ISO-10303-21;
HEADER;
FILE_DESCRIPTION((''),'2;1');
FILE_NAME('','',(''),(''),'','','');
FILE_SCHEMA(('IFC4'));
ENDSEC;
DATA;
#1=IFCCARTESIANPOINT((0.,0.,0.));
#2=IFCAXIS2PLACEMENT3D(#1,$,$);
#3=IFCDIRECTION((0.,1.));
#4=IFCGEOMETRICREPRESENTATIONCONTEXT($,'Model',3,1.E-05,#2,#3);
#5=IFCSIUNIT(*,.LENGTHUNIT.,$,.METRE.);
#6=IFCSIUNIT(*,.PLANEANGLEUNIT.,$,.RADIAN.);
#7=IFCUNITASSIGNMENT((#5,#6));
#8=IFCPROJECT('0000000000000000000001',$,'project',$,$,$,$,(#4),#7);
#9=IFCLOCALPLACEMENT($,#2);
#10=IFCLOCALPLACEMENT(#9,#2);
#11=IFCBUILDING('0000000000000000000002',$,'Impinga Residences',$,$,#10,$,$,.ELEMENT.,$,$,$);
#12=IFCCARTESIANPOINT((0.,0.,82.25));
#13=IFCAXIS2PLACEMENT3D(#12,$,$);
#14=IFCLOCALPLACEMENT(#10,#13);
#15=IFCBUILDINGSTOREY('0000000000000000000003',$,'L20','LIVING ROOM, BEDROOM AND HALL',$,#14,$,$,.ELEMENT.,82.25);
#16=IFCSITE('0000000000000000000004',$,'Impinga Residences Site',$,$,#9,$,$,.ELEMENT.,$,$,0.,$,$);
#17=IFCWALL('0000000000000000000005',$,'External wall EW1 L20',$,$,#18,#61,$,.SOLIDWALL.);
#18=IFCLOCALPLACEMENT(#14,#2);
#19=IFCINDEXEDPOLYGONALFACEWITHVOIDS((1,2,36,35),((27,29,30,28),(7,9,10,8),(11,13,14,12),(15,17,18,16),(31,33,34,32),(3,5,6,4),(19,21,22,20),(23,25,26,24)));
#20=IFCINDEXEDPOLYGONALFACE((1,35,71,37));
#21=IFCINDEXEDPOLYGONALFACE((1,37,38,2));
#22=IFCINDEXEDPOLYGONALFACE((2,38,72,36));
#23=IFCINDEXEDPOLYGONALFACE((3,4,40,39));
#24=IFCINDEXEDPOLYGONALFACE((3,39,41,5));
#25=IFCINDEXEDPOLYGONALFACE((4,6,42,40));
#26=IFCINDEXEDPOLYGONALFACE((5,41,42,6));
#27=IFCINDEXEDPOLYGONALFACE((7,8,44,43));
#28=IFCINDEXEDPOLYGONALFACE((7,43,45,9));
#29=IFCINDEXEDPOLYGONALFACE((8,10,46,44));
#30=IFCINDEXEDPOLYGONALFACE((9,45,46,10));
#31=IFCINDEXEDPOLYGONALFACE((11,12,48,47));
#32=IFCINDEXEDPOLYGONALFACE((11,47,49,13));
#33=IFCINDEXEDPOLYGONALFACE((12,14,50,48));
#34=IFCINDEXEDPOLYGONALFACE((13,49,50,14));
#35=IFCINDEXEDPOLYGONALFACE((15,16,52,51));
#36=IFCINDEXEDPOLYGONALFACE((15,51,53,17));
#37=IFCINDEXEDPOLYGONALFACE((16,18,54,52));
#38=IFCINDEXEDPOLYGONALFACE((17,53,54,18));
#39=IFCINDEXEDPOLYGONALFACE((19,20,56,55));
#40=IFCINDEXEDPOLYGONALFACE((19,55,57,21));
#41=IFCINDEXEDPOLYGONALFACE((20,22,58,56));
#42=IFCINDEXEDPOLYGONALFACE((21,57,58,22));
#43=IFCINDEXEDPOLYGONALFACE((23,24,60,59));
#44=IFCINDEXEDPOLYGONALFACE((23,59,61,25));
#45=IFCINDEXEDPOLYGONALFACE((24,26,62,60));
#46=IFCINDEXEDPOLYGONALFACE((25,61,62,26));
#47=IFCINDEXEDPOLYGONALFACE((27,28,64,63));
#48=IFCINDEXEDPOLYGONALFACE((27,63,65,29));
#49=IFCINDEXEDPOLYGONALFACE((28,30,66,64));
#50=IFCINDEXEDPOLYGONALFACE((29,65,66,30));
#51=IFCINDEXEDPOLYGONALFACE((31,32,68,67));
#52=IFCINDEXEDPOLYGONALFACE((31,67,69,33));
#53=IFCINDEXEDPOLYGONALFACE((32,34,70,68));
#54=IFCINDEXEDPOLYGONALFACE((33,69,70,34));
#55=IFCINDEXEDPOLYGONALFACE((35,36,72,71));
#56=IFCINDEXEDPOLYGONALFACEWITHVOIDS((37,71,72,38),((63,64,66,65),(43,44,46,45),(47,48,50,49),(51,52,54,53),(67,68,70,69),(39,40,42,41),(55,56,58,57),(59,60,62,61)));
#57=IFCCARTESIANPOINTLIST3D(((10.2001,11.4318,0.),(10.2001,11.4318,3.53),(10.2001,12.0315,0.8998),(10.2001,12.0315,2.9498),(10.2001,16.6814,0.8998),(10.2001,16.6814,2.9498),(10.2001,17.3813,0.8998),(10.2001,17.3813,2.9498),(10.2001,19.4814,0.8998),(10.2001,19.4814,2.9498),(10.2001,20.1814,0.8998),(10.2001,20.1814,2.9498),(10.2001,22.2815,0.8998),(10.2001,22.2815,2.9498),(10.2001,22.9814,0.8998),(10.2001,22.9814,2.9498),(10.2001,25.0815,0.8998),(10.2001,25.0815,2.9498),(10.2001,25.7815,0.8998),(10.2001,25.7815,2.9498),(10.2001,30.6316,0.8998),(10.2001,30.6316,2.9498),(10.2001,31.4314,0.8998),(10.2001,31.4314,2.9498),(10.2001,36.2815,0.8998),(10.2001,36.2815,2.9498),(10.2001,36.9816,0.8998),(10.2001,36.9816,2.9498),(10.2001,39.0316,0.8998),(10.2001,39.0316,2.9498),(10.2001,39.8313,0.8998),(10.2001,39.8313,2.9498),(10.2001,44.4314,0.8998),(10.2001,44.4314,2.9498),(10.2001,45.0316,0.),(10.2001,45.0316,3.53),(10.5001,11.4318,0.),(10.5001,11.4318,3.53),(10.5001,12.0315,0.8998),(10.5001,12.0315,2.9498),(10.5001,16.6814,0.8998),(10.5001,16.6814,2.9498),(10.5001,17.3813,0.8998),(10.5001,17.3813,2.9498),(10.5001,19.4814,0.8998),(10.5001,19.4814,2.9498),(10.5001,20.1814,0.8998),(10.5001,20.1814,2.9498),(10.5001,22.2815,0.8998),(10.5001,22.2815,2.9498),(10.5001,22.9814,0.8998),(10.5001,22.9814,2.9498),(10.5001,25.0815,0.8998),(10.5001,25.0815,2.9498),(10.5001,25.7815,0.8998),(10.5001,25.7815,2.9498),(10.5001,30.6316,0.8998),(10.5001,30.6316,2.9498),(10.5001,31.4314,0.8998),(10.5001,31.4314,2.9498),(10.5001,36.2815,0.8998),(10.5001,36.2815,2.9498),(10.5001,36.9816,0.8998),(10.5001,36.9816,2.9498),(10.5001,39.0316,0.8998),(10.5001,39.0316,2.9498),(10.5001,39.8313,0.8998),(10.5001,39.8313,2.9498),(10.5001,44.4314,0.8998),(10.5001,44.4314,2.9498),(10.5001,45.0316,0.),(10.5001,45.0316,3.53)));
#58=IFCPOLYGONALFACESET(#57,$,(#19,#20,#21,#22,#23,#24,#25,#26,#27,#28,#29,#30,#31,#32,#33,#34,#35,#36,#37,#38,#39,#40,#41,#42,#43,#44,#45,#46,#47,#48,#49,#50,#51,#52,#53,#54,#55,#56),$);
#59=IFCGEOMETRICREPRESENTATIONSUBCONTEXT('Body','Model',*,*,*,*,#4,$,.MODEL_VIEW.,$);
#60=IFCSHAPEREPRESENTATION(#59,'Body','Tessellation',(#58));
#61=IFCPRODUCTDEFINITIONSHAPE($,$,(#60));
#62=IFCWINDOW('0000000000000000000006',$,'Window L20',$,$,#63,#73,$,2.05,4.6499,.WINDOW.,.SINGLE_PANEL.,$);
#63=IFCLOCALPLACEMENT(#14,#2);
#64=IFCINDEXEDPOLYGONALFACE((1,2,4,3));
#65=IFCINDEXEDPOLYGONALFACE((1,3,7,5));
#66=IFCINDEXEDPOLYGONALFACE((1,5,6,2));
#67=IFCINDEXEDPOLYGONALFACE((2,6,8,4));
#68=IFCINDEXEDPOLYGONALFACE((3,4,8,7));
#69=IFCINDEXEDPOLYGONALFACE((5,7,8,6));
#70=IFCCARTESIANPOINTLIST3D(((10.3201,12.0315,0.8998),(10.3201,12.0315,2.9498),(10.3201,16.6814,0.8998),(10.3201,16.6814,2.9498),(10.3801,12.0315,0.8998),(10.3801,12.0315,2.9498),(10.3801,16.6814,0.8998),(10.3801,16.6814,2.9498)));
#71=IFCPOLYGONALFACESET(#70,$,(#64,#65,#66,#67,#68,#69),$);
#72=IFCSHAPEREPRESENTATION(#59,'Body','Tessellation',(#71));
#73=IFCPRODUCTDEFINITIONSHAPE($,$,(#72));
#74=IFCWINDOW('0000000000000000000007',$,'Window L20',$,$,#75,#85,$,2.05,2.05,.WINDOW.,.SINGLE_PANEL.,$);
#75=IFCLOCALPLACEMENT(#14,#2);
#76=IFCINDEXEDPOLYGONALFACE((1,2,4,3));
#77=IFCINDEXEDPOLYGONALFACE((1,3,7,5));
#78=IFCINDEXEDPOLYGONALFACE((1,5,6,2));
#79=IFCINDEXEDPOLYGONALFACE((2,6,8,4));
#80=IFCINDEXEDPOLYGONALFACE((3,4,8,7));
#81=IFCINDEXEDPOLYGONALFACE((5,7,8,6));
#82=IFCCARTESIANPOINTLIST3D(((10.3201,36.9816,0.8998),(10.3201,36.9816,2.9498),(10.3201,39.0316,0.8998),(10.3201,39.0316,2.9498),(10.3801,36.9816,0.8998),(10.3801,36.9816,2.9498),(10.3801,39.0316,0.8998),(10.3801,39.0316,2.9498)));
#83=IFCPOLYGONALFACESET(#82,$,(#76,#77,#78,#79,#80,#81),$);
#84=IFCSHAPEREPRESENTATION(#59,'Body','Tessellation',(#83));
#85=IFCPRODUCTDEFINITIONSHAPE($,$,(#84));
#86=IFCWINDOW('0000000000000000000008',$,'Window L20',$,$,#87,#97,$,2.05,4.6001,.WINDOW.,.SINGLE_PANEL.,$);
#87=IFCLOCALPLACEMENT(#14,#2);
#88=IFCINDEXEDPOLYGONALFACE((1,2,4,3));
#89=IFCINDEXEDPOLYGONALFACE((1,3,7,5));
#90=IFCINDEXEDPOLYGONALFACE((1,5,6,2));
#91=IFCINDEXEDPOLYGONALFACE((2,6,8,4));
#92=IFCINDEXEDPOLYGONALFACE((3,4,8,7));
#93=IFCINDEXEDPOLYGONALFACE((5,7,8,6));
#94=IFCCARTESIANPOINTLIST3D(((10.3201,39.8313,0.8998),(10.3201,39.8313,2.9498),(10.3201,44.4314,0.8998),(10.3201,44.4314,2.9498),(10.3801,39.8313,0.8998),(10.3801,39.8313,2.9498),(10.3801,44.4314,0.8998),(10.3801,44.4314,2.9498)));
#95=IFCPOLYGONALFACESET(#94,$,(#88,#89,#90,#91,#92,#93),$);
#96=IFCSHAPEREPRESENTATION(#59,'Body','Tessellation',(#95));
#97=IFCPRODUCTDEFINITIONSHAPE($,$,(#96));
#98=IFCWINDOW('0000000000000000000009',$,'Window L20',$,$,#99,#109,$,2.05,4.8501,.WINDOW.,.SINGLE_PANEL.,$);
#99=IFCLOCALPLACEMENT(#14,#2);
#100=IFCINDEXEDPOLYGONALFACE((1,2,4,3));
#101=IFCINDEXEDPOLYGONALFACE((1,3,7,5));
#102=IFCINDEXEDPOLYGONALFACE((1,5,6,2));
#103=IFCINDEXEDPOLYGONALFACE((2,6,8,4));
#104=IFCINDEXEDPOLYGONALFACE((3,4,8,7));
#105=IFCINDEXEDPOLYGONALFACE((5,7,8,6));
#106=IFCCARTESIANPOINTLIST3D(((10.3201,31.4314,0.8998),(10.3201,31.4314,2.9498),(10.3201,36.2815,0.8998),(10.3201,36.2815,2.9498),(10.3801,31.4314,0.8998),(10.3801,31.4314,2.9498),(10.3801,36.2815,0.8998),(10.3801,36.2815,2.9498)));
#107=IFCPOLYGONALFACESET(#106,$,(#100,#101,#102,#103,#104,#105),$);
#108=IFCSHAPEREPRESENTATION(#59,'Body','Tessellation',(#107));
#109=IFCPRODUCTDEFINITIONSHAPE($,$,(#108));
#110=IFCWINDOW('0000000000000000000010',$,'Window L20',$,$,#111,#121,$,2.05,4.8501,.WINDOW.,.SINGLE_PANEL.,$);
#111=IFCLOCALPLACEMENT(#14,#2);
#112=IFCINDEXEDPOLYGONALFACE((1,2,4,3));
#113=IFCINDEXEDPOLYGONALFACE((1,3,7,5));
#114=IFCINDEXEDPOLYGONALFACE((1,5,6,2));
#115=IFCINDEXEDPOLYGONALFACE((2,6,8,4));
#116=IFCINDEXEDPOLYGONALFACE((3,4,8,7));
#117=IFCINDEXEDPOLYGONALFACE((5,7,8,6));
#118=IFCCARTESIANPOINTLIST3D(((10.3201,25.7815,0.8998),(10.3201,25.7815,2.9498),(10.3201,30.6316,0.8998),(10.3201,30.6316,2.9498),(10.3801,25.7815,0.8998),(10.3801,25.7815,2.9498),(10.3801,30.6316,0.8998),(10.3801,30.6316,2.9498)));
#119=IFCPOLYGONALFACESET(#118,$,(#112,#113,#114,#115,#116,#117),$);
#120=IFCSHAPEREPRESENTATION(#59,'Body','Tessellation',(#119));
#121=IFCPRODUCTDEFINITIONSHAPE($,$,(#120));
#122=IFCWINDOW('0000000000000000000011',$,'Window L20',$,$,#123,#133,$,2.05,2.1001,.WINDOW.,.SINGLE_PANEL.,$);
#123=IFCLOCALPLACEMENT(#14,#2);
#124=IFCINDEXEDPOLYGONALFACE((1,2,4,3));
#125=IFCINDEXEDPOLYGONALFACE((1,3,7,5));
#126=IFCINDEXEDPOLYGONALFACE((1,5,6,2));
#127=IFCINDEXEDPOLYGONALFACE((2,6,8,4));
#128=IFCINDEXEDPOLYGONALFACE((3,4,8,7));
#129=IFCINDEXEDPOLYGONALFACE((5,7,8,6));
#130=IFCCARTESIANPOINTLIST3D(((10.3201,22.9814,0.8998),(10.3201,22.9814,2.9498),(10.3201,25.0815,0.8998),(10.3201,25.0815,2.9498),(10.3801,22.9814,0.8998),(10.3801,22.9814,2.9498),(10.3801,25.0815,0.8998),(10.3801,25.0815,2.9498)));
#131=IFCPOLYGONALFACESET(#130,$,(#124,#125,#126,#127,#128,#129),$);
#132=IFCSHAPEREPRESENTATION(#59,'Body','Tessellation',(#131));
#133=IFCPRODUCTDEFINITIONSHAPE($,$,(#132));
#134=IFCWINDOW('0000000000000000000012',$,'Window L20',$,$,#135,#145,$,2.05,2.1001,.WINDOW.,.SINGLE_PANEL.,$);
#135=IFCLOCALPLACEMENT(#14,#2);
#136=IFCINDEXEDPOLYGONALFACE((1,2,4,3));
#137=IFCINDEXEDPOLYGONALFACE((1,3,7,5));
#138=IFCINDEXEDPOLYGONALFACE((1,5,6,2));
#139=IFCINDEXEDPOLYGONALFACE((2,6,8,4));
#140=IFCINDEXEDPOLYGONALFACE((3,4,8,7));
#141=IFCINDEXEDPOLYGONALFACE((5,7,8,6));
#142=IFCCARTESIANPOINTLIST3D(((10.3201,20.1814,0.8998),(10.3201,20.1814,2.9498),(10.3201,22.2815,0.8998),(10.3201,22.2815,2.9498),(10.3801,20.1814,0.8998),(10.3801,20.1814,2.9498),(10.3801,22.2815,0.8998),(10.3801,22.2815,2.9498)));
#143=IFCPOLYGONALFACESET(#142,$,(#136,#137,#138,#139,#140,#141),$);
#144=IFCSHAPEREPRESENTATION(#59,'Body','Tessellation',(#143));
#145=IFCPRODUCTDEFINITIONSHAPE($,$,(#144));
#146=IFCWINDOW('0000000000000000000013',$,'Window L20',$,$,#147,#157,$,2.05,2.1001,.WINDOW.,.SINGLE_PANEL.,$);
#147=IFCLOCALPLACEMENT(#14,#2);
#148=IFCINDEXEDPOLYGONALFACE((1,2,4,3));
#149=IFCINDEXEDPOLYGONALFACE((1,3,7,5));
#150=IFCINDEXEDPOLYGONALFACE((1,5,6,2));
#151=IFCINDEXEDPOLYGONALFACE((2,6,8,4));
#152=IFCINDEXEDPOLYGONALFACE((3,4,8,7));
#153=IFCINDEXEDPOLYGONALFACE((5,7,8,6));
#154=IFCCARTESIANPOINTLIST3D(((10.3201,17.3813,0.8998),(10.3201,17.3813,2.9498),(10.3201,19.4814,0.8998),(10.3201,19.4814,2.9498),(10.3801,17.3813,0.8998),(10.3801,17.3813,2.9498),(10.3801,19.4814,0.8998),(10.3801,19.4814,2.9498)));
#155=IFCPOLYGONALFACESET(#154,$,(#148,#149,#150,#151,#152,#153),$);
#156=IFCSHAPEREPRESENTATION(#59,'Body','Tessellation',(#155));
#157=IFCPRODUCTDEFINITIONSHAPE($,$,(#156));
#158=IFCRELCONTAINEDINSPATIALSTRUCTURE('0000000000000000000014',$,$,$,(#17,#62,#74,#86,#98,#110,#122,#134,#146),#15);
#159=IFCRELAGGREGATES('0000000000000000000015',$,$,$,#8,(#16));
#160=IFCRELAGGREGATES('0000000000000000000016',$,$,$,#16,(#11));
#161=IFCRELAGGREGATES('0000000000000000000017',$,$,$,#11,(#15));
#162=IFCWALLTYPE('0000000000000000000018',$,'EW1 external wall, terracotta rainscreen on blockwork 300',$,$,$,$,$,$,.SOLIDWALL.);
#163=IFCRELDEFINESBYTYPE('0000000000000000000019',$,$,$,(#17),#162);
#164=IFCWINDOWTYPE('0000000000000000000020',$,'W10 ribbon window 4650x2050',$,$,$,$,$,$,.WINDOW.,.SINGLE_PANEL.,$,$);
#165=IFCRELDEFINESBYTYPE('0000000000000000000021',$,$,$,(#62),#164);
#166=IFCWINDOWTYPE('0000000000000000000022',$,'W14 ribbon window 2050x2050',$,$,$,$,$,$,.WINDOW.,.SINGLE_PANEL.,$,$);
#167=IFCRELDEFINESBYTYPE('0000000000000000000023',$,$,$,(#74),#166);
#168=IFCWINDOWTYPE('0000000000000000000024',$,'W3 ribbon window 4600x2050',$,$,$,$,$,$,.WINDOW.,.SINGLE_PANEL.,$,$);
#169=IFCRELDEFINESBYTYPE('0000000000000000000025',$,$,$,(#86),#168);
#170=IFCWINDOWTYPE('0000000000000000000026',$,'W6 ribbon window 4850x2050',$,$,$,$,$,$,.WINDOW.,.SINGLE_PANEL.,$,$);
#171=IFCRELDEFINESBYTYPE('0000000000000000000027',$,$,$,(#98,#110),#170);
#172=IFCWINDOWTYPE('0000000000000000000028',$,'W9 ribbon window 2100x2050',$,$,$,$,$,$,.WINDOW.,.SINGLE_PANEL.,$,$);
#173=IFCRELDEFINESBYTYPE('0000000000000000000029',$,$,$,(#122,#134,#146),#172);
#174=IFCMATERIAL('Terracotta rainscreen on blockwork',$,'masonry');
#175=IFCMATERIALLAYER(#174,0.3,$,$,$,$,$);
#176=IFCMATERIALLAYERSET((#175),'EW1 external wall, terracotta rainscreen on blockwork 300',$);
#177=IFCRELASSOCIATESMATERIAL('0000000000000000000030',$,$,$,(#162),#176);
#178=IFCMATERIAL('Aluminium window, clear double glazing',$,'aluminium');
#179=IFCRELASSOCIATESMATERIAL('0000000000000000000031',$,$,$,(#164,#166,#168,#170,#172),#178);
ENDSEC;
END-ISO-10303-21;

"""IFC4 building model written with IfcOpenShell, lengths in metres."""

from ifc_helpers import new_model, si_unit, direction, frame, frame_2d, origin, place, context, subcontext, project, spatial, rectangle, extrude, material, layer, layer_set, type_object, element, fill, save


model = new_model("IFC4")

# Units and contexts
model_context = context("Model", 3, precision=1e-05, world=origin(), true_north=direction((0.0, 1.0)))
body_context = subcontext(model_context, "Body", "Model", "MODEL_VIEW")
ifc_project = project(units=[si_unit("LENGTHUNIT", "METRE"), si_unit("PLANEANGLEUNIT", "RADIAN")], contexts=[model_context])

# Site, building, storey
site_placement = place(None, origin())
site = spatial("IfcSite", under=ifc_project, at=site_placement, Name="Impinga Residences Site", CompositionType="ELEMENT", RefElevation=0.0)
building_placement = place(site_placement, origin())
building = spatial("IfcBuilding", under=site, at=building_placement, Name="Impinga Residences", CompositionType="ELEMENT")
storey_placement = place(building_placement, frame((0.0, 0.0, 82.25)))
storey = spatial("IfcBuildingStorey", under=building, at=storey_placement, Name="L20", Description="LIVING ROOM, BEDROOM AND HALL", CompositionType="ELEMENT", Elevation=82.25)

# Shared definitions
ifc_material_1 = material(Name="Terracotta rainscreen on blockwork", Category="masonry")
ifc_layer_1 = layer(ifc_material_1, 0.3)
ifc_layer_set_1 = layer_set([ifc_layer_1], Name="EW1 external wall, terracotta rainscreen on blockwork 300")
wall_type_1 = type_object("IfcWallType", Name="EW1 external wall, terracotta rainscreen on blockwork 300", PredefinedType="SOLIDWALL", material=ifc_layer_set_1)

# Wall, openings, windows
wall_1_placement = place(storey_placement, frame((10.3501, 45.0315, 0.0), z_axis=(0.0, 0.0, 1.0), x_axis=(0.0, -1.0, 0.0)))
wall_1 = element("IfcWall", 1, at=wall_1_placement, inside=storey, type_object=wall_type_1, Name="External wall EW1 L20", PredefinedType="SOLIDWALL", context=body_context, shape_type="SweptSolid", body=[
    extrude(rectangle(XDim=33.5999, YDim=0.3, at=frame_2d((16.7998, 0.0))), origin(), (0.0, 0.0, 1.0), 3.53),
])
opening_1_placement = place(wall_1_placement, frame((0.6001, 0.0, 0.8999)))
opening_1 = element("IfcOpeningElement", 2, at=opening_1_placement, cuts=wall_1, PredefinedType="OPENING", context=body_context, shape_type="SweptSolid", body=[
    extrude(rectangle(XDim=4.6001, YDim=2.05, at=frame_2d((2.3, 1.0249))), frame((0.0, 0.1599, 0.0), z_axis=(0.0, -1.0, 0.0), x_axis=(1.0, 0.0, 0.0)), (0.0, 0.0, 1.0), 0.3201),
])
opening_2_placement = place(wall_1_placement, frame((6.0, 0.0, 0.8999)))
opening_2 = element("IfcOpeningElement", 3, at=opening_2_placement, cuts=wall_1, PredefinedType="OPENING", context=body_context, shape_type="SweptSolid", body=[
    extrude(rectangle(XDim=2.05, YDim=2.05, at=frame_2d((1.0249, 1.0249))), frame((0.0, 0.1599, 0.0), z_axis=(0.0, -1.0, 0.0), x_axis=(1.0, 0.0, 0.0)), (0.0, 0.0, 1.0), 0.3201),
])
opening_3_placement = place(wall_1_placement, frame((8.75, 0.0, 0.8999)))
opening_3 = element("IfcOpeningElement", 4, at=opening_3_placement, cuts=wall_1, PredefinedType="OPENING", context=body_context, shape_type="SweptSolid", body=[
    extrude(rectangle(XDim=4.8501, YDim=2.05, at=frame_2d((2.425, 1.0249))), frame((0.0, 0.1599, 0.0), z_axis=(0.0, -1.0, 0.0), x_axis=(1.0, 0.0, 0.0)), (0.0, 0.0, 1.0), 0.3201),
])
opening_4_placement = place(wall_1_placement, frame((14.3999, 0.0, 0.8999)))
opening_4 = element("IfcOpeningElement", 5, at=opening_4_placement, cuts=wall_1, PredefinedType="OPENING", context=body_context, shape_type="SweptSolid", body=[
    extrude(rectangle(XDim=4.8501, YDim=2.05, at=frame_2d((2.425, 1.0249))), frame((0.0, 0.1599, 0.0), z_axis=(0.0, -1.0, 0.0), x_axis=(1.0, 0.0, 0.0)), (0.0, 0.0, 1.0), 0.3201),
])
opening_5_placement = place(wall_1_placement, frame((19.95, 0.0, 0.8999)))
opening_5 = element("IfcOpeningElement", 6, at=opening_5_placement, cuts=wall_1, PredefinedType="OPENING", context=body_context, shape_type="SweptSolid", body=[
    extrude(rectangle(XDim=2.1001, YDim=2.05, at=frame_2d((1.05, 1.0249))), frame((0.0, 0.1599, 0.0), z_axis=(0.0, -1.0, 0.0), x_axis=(1.0, 0.0, 0.0)), (0.0, 0.0, 1.0), 0.3201),
])
opening_6_placement = place(wall_1_placement, frame((22.75, 0.0, 0.8999)))
opening_6 = element("IfcOpeningElement", 7, at=opening_6_placement, cuts=wall_1, PredefinedType="OPENING", context=body_context, shape_type="SweptSolid", body=[
    extrude(rectangle(XDim=2.1001, YDim=2.05, at=frame_2d((1.05, 1.0249))), frame((0.0, 0.1599, 0.0), z_axis=(0.0, -1.0, 0.0), x_axis=(1.0, 0.0, 0.0)), (0.0, 0.0, 1.0), 0.3201),
])
opening_7_placement = place(wall_1_placement, frame((25.55, 0.0, 0.8999)))
opening_7 = element("IfcOpeningElement", 8, at=opening_7_placement, cuts=wall_1, PredefinedType="OPENING", context=body_context, shape_type="SweptSolid", body=[
    extrude(rectangle(XDim=2.1001, YDim=2.05, at=frame_2d((1.05, 1.0249))), frame((0.0, 0.1599, 0.0), z_axis=(0.0, -1.0, 0.0), x_axis=(1.0, 0.0, 0.0)), (0.0, 0.0, 1.0), 0.3201),
])
opening_8_placement = place(wall_1_placement, frame((28.3501, 0.0, 0.8999)))
opening_8 = element("IfcOpeningElement", 9, at=opening_8_placement, cuts=wall_1, PredefinedType="OPENING", context=body_context, shape_type="SweptSolid", body=[
    extrude(rectangle(XDim=4.6499, YDim=2.05, at=frame_2d((2.325, 1.0249))), frame((0.0, 0.1599, 0.0), z_axis=(0.0, -1.0, 0.0), x_axis=(1.0, 0.0, 0.0)), (0.0, 0.0, 1.0), 0.3201),
])
ifc_material_2 = material(Name="Aluminium window, clear double glazing", Category="aluminium")
window_type_1 = type_object("IfcWindowType", Name="W10 ribbon window 4650x2050", PartitioningType="SINGLE_PANEL", PredefinedType="WINDOW", material=ifc_material_2)
window_1_placement = place(opening_8_placement, origin())
window_1 = element("IfcWindow", 10, at=window_1_placement, inside=storey, type_object=window_type_1, Name="Window L20", OverallHeight=2.05, OverallWidth=4.6499, PartitioningType="SINGLE_PANEL", PredefinedType="WINDOW", context=body_context, shape_type="SweptSolid", body=[
    extrude(rectangle(XDim=4.6499, YDim=2.05, at=frame_2d((2.325, 1.0249))), frame((0.0, 0.03, 0.0), z_axis=(0.0, -1.0, 0.0), x_axis=(1.0, 0.0, 0.0)), (0.0, 0.0, 1.0), 0.0601),
])
fill(opening_8, window_1)
window_type_2 = type_object("IfcWindowType", Name="W14 ribbon window 2050x2050", PartitioningType="SINGLE_PANEL", PredefinedType="WINDOW", material=ifc_material_2)
window_2_placement = place(opening_2_placement, origin())
window_2 = element("IfcWindow", 11, at=window_2_placement, inside=storey, type_object=window_type_2, Name="Window L20", OverallHeight=2.05, OverallWidth=2.05, PartitioningType="SINGLE_PANEL", PredefinedType="WINDOW", context=body_context, shape_type="SweptSolid", body=[
    extrude(rectangle(XDim=2.05, YDim=2.05, at=frame_2d((1.0249, 1.0249))), frame((0.0, 0.03, 0.0), z_axis=(0.0, -1.0, 0.0), x_axis=(1.0, 0.0, 0.0)), (0.0, 0.0, 1.0), 0.0601),
])
fill(opening_2, window_2)
window_type_3 = type_object("IfcWindowType", Name="W3 ribbon window 4600x2050", PartitioningType="SINGLE_PANEL", PredefinedType="WINDOW", material=ifc_material_2)
window_3_placement = place(opening_1_placement, origin())
window_3 = element("IfcWindow", 12, at=window_3_placement, inside=storey, type_object=window_type_3, Name="Window L20", OverallHeight=2.05, OverallWidth=4.6001, PartitioningType="SINGLE_PANEL", PredefinedType="WINDOW", context=body_context, shape_type="SweptSolid", body=[
    extrude(rectangle(XDim=4.6001, YDim=2.05, at=frame_2d((2.3, 1.0249))), frame((0.0, 0.03, 0.0), z_axis=(0.0, -1.0, 0.0), x_axis=(1.0, 0.0, 0.0)), (0.0, 0.0, 1.0), 0.0601),
])
fill(opening_1, window_3)
window_type_4 = type_object("IfcWindowType", Name="W6 ribbon window 4850x2050", PartitioningType="SINGLE_PANEL", PredefinedType="WINDOW", material=ifc_material_2)
window_4_placement = place(opening_3_placement, origin())
window_4 = element("IfcWindow", 13, at=window_4_placement, inside=storey, type_object=window_type_4, Name="Window L20", OverallHeight=2.05, OverallWidth=4.8501, PartitioningType="SINGLE_PANEL", PredefinedType="WINDOW", context=body_context, shape_type="SweptSolid", body=[
    extrude(rectangle(XDim=4.8501, YDim=2.05, at=frame_2d((2.425, 1.0249))), frame((0.0, 0.03, 0.0), z_axis=(0.0, -1.0, 0.0), x_axis=(1.0, 0.0, 0.0)), (0.0, 0.0, 1.0), 0.0601),
])
fill(opening_3, window_4)
window_5_placement = place(opening_4_placement, origin())
window_5 = element("IfcWindow", 14, at=window_5_placement, inside=storey, type_object=window_type_4, Name="Window L20", OverallHeight=2.05, OverallWidth=4.8501, PartitioningType="SINGLE_PANEL", PredefinedType="WINDOW", context=body_context, shape_type="SweptSolid", body=[
    extrude(rectangle(XDim=4.8501, YDim=2.05, at=frame_2d((2.425, 1.0249))), frame((0.0, 0.03, 0.0), z_axis=(0.0, -1.0, 0.0), x_axis=(1.0, 0.0, 0.0)), (0.0, 0.0, 1.0), 0.0601),
])
fill(opening_4, window_5)
window_type_5 = type_object("IfcWindowType", Name="W9 ribbon window 2100x2050", PartitioningType="SINGLE_PANEL", PredefinedType="WINDOW", material=ifc_material_2)
window_6_placement = place(opening_5_placement, origin())
window_6 = element("IfcWindow", 15, at=window_6_placement, inside=storey, type_object=window_type_5, Name="Window L20", OverallHeight=2.05, OverallWidth=2.1001, PartitioningType="SINGLE_PANEL", PredefinedType="WINDOW", context=body_context, shape_type="SweptSolid", body=[
    extrude(rectangle(XDim=2.1001, YDim=2.05, at=frame_2d((1.05, 1.0249))), frame((0.0, 0.03, 0.0), z_axis=(0.0, -1.0, 0.0), x_axis=(1.0, 0.0, 0.0)), (0.0, 0.0, 1.0), 0.0601),
])
fill(opening_5, window_6)
window_7_placement = place(opening_6_placement, origin())
window_7 = element("IfcWindow", 16, at=window_7_placement, inside=storey, type_object=window_type_5, Name="Window L20", OverallHeight=2.05, OverallWidth=2.1001, PartitioningType="SINGLE_PANEL", PredefinedType="WINDOW", context=body_context, shape_type="SweptSolid", body=[
    extrude(rectangle(XDim=2.1001, YDim=2.05, at=frame_2d((1.05, 1.0249))), frame((0.0, 0.03, 0.0), z_axis=(0.0, -1.0, 0.0), x_axis=(1.0, 0.0, 0.0)), (0.0, 0.0, 1.0), 0.0601),
])
fill(opening_6, window_7)
window_8_placement = place(opening_7_placement, origin())
window_8 = element("IfcWindow", 17, at=window_8_placement, inside=storey, type_object=window_type_5, Name="Window L20", OverallHeight=2.05, OverallWidth=2.1001, PartitioningType="SINGLE_PANEL", PredefinedType="WINDOW", context=body_context, shape_type="SweptSolid", body=[
    extrude(rectangle(XDim=2.1001, YDim=2.05, at=frame_2d((1.05, 1.0249))), frame((0.0, 0.03, 0.0), z_axis=(0.0, -1.0, 0.0), x_axis=(1.0, 0.0, 0.0)), (0.0, 0.0, 1.0), 0.0601),
])
fill(opening_7, window_8)

save(model, "model.ifc")
